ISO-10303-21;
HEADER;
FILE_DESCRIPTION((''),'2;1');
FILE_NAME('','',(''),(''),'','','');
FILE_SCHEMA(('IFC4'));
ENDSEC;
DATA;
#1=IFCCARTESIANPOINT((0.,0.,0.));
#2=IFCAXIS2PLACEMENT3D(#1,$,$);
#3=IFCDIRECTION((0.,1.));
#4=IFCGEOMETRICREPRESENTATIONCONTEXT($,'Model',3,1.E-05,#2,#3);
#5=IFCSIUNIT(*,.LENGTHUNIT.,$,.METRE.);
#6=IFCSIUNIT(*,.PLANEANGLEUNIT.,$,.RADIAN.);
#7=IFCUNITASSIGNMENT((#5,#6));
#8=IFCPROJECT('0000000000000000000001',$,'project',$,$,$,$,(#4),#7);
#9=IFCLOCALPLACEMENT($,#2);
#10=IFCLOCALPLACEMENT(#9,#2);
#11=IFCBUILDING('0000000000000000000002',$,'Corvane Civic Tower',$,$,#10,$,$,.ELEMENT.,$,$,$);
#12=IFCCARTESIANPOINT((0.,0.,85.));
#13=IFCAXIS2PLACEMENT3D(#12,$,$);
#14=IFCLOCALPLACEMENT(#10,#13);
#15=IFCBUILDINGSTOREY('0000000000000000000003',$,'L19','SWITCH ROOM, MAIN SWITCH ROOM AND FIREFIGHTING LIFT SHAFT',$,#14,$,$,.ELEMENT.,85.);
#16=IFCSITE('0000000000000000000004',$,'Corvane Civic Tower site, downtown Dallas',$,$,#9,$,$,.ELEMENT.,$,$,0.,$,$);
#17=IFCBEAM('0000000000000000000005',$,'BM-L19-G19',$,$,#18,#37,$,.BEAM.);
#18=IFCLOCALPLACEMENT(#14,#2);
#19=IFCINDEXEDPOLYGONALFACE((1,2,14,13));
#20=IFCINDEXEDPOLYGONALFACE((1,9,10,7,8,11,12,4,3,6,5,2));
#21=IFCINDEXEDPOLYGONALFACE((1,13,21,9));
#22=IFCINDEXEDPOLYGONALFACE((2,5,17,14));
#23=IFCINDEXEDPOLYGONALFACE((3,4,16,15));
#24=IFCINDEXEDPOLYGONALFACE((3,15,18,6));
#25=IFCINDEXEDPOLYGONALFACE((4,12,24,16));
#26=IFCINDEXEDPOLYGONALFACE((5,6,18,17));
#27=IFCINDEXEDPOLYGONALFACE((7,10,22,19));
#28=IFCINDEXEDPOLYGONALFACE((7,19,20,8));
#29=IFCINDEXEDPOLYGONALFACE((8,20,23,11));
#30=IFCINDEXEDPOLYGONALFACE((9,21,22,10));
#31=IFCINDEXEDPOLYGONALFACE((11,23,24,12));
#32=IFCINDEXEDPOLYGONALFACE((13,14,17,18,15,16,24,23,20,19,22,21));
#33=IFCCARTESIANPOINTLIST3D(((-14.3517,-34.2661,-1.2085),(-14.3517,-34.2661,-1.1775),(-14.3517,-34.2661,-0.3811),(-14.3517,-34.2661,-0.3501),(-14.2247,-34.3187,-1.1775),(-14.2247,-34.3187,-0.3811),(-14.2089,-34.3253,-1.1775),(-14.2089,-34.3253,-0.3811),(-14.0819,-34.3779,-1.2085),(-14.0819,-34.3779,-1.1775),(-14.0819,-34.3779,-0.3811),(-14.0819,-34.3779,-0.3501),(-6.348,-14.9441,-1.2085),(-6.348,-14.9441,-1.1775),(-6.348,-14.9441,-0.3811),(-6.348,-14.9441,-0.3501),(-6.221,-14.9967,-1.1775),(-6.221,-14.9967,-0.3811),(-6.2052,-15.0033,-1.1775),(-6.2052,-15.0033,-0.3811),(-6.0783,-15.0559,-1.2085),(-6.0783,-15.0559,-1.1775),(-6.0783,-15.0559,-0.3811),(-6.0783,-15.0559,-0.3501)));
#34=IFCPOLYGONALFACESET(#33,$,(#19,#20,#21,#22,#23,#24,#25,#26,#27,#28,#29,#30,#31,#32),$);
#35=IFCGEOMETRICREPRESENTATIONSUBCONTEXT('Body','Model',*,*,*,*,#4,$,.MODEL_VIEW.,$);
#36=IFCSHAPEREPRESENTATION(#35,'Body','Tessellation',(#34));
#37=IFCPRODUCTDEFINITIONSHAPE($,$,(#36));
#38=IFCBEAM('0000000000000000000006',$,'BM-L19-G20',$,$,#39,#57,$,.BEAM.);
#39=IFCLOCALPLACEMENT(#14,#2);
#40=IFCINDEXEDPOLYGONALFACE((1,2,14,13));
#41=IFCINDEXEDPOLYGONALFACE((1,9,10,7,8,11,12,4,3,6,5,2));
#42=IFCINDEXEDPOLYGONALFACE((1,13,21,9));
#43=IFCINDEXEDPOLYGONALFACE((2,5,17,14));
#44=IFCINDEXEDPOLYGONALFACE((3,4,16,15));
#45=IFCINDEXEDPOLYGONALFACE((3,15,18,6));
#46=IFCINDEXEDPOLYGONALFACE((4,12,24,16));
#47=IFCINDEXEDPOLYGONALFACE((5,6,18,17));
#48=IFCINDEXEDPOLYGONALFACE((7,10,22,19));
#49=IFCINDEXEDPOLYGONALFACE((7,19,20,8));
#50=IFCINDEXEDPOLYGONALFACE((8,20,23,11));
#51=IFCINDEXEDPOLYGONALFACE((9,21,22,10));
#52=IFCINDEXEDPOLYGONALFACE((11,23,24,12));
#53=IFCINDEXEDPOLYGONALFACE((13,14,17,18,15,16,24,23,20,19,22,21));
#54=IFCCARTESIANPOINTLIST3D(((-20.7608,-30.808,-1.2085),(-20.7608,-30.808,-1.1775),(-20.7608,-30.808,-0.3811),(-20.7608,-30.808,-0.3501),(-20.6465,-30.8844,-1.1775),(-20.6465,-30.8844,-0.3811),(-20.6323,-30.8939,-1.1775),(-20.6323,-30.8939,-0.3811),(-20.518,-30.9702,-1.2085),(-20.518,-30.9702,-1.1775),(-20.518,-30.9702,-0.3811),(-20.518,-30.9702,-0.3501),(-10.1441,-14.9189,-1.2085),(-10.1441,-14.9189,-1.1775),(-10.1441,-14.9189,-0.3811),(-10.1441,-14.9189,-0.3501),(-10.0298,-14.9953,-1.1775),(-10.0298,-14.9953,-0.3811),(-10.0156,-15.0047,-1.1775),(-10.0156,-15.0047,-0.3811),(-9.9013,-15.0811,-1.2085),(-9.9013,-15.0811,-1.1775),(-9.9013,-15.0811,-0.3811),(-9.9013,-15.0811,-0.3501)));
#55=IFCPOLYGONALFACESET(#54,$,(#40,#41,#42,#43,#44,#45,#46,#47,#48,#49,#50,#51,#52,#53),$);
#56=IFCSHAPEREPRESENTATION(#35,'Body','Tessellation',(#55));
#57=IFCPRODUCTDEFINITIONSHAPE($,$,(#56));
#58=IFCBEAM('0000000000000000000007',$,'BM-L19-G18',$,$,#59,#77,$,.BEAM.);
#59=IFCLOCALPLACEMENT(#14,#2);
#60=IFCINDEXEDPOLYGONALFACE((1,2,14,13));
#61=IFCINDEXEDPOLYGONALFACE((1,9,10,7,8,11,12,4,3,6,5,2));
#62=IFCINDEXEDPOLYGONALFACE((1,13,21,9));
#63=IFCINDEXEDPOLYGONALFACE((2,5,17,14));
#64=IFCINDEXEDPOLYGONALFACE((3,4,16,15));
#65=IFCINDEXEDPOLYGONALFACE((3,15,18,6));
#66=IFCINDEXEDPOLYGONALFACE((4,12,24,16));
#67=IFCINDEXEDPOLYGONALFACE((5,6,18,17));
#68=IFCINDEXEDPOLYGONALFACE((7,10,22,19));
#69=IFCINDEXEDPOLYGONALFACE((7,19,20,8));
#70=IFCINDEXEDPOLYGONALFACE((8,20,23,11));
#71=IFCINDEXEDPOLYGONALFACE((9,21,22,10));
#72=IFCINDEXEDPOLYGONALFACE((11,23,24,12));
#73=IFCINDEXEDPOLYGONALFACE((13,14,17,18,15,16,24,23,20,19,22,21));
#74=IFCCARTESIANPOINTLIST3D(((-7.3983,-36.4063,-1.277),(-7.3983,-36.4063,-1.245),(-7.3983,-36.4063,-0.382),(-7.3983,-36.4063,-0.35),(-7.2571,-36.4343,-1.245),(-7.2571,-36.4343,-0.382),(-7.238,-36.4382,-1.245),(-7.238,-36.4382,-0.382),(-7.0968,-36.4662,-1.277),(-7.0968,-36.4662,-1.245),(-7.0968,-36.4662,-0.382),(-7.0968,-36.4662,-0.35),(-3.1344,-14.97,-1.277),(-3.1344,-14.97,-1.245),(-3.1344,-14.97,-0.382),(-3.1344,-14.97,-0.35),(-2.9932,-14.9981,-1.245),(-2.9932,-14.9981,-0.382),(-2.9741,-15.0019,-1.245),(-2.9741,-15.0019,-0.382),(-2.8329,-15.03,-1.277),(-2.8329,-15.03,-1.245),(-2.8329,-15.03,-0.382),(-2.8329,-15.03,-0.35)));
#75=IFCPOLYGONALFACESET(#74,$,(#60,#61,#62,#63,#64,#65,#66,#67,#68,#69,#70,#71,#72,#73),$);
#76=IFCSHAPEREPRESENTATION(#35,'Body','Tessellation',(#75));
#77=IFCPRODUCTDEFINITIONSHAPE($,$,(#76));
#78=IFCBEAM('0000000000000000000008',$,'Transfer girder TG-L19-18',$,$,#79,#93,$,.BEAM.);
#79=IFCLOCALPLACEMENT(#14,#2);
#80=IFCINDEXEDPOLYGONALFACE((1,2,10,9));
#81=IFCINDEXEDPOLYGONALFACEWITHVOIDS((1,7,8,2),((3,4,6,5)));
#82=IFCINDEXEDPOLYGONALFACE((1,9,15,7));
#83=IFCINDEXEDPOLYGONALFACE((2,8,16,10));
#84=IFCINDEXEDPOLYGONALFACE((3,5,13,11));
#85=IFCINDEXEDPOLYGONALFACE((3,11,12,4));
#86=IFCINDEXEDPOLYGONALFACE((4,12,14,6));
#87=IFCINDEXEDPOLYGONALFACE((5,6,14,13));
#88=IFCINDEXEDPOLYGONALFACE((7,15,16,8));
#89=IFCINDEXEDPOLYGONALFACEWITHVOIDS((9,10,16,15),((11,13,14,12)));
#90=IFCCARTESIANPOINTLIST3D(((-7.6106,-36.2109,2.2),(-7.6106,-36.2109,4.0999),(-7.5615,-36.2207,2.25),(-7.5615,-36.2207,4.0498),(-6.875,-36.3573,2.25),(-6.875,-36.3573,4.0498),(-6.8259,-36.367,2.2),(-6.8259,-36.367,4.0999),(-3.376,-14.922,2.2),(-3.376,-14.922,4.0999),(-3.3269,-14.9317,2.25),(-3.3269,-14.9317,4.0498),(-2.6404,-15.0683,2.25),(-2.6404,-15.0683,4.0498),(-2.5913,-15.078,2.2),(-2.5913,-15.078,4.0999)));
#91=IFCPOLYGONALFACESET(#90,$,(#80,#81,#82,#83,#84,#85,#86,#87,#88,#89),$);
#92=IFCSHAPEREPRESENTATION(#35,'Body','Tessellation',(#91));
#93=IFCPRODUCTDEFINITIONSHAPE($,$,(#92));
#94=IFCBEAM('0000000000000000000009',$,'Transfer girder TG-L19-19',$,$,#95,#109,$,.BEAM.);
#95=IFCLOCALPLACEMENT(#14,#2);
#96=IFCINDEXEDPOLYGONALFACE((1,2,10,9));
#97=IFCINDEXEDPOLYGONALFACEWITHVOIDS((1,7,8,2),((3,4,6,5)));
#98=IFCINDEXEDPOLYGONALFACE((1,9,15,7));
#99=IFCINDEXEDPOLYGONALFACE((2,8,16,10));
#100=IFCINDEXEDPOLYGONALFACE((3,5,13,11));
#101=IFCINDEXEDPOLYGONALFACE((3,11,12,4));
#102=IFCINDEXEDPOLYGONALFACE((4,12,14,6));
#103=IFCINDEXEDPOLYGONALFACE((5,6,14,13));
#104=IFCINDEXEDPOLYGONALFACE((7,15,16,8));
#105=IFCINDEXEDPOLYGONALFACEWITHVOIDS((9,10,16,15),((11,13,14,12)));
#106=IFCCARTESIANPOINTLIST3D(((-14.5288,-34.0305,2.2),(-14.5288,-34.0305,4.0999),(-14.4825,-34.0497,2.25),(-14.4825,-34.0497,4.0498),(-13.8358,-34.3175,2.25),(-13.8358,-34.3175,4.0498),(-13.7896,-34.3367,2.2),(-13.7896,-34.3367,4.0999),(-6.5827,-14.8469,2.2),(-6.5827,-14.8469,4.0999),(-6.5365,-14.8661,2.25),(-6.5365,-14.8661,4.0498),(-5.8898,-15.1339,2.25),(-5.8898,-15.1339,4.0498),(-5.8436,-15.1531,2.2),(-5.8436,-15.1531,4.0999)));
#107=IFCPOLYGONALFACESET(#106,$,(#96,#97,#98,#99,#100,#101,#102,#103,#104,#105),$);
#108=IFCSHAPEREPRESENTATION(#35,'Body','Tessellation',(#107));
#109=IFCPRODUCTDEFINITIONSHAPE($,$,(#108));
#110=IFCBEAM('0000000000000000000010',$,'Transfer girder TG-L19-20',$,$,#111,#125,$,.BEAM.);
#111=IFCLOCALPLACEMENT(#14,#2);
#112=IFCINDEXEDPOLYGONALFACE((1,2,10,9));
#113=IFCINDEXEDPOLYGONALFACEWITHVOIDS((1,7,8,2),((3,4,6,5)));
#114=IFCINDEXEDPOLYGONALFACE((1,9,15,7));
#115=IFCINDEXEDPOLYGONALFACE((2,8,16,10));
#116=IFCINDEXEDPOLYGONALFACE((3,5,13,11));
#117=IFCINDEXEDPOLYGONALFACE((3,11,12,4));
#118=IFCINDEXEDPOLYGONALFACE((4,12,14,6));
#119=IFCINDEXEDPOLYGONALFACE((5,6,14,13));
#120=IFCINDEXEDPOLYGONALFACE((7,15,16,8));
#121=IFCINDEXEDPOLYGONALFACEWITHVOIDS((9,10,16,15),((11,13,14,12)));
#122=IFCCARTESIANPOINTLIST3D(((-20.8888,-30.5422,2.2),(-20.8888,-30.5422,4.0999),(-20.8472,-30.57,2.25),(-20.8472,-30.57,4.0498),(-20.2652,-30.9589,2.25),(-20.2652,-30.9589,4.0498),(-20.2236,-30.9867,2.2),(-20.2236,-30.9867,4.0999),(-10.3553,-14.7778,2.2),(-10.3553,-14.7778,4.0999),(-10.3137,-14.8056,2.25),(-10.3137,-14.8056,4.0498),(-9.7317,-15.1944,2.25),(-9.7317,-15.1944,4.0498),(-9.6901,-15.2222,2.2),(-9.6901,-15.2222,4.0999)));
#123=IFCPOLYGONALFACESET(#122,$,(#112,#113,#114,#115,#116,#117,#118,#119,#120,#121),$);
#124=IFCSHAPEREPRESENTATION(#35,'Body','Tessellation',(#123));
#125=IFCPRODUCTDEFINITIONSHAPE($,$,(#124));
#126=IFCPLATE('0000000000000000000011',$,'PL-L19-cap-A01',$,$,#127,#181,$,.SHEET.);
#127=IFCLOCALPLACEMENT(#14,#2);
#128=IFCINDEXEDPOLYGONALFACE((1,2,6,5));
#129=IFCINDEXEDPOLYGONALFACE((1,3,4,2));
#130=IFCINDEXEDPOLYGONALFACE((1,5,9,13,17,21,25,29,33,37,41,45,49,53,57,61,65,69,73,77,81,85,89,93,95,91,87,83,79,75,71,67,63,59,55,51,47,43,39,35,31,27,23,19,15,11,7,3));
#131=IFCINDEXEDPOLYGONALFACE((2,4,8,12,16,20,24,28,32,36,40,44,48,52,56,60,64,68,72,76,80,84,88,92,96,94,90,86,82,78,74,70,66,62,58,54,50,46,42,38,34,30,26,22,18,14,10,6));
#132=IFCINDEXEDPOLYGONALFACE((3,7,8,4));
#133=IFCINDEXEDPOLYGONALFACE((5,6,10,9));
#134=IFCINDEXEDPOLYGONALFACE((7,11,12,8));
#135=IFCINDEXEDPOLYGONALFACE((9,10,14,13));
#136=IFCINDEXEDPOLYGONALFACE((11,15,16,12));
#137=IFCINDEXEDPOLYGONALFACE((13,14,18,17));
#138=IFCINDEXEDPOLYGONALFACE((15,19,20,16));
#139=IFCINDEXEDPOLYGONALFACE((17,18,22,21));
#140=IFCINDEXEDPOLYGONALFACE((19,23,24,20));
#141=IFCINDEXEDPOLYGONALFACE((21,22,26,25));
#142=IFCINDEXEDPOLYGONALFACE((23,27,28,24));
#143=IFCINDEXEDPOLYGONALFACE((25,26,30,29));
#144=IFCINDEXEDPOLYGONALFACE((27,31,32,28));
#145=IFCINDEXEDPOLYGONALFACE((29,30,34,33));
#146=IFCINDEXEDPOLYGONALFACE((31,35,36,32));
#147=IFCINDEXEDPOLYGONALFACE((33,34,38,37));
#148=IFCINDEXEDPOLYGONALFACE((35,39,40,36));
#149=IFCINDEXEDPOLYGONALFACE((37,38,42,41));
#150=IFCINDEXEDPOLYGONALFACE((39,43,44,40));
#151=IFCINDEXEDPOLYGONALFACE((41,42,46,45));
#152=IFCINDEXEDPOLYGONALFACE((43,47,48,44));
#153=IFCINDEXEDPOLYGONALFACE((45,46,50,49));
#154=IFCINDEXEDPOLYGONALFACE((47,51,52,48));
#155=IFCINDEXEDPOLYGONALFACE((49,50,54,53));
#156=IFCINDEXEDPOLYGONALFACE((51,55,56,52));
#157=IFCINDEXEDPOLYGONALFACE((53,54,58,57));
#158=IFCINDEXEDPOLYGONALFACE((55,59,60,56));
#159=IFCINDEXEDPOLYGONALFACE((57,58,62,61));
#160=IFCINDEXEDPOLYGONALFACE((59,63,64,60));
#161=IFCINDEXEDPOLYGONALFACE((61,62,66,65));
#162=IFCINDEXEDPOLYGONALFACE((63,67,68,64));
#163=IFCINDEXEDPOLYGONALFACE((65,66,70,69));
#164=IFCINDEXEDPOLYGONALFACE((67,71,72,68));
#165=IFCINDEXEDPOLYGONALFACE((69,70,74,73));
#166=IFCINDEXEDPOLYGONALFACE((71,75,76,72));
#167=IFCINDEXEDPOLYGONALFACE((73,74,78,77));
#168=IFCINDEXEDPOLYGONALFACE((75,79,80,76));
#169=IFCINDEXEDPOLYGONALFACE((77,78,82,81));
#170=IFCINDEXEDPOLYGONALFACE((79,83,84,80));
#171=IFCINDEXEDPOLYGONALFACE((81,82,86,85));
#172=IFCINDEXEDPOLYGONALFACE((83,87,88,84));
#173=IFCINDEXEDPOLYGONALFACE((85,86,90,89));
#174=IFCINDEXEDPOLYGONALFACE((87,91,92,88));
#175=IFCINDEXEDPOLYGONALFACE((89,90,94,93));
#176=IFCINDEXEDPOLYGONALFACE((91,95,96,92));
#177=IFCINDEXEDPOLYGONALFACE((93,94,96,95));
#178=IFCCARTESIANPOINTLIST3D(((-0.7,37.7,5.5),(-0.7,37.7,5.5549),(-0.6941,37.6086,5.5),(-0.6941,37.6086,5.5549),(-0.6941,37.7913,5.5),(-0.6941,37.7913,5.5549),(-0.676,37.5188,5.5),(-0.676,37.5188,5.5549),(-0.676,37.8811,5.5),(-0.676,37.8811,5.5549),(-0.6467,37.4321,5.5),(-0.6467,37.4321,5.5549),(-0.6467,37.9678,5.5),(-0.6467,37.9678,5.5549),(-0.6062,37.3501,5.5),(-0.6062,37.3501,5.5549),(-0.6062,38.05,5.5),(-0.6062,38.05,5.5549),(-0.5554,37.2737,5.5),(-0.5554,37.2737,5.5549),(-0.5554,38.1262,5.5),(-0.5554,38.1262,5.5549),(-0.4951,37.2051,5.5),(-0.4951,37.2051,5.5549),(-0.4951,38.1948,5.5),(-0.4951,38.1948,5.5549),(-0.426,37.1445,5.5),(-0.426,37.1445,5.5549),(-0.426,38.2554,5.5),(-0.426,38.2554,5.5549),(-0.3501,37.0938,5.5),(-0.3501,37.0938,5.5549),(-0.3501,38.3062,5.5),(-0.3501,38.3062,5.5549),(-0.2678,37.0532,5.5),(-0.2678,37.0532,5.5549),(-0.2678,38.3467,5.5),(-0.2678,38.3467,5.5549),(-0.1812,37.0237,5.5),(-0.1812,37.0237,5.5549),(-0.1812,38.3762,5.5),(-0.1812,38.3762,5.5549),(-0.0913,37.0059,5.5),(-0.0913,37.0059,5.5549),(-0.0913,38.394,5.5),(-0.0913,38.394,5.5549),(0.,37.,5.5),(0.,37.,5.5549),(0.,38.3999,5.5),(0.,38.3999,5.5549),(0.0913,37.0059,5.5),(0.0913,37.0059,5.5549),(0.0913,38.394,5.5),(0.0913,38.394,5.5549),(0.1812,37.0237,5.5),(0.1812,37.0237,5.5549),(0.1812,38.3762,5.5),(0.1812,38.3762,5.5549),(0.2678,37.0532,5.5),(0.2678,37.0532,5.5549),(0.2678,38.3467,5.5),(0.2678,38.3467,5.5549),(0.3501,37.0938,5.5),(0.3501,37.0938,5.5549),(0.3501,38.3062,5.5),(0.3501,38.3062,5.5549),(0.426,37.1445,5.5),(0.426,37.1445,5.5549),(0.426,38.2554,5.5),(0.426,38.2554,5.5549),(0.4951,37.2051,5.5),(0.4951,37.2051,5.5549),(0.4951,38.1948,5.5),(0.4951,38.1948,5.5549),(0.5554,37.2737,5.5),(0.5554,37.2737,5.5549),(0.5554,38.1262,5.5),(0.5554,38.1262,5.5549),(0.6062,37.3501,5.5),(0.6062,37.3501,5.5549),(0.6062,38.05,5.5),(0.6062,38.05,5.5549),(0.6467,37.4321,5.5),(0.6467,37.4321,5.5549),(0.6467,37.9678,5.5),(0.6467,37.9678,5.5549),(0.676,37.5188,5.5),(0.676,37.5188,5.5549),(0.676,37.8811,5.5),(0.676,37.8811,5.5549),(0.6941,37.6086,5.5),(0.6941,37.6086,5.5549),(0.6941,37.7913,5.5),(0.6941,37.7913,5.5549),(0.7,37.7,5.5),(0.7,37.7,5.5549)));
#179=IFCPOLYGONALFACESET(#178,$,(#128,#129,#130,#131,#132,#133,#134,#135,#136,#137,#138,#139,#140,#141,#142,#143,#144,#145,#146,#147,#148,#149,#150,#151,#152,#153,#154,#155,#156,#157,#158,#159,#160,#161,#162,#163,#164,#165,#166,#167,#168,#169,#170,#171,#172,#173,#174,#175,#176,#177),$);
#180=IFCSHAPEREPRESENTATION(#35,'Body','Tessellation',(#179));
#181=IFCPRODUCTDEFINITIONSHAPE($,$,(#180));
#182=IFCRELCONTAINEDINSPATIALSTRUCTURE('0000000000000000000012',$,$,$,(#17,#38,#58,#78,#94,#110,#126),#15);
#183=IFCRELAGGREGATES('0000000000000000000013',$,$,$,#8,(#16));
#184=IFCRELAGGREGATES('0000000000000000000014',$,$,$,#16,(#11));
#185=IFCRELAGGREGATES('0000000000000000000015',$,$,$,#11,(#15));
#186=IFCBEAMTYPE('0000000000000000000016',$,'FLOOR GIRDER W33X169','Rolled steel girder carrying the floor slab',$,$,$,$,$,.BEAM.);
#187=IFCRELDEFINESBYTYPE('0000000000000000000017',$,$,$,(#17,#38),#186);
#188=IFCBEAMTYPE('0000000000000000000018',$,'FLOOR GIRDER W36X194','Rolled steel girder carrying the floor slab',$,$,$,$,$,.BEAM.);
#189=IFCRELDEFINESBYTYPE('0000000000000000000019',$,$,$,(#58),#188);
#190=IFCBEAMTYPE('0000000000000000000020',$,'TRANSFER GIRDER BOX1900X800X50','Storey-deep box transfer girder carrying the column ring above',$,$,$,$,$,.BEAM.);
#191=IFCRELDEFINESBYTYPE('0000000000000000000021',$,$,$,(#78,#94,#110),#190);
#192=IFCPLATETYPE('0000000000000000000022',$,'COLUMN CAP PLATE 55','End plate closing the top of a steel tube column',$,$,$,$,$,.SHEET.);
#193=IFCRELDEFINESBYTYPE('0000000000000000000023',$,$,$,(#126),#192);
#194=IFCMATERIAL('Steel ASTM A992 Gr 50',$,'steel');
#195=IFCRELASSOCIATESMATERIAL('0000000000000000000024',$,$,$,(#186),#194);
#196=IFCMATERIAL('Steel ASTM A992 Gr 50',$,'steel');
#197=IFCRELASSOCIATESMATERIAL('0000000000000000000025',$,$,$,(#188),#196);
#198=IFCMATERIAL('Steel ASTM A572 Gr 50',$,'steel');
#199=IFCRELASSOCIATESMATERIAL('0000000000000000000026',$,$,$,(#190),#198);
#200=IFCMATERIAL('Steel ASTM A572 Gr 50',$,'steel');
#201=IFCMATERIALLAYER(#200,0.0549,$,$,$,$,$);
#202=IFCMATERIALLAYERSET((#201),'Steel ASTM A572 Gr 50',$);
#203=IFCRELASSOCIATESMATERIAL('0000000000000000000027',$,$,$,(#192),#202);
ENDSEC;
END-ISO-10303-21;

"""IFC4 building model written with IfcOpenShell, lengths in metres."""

from ifc_helpers import new_model, si_unit, direction, frame, origin, origin_2d, place, context, subcontext, project, spatial, polyline, hollow_rectangle, i_section, outline, extrude, material, layer, layer_set, material_profile, profile_set, type_object, element, save


model = new_model("IFC4")

# Units and contexts
model_context = context("Model", 3, precision=1e-05, world=origin(), true_north=direction((0.0, 1.0)))
body_context = subcontext(model_context, "Body", "Model", "MODEL_VIEW")
ifc_project = project(units=[si_unit("LENGTHUNIT", "METRE"), si_unit("PLANEANGLEUNIT", "RADIAN")], contexts=[model_context])

# Site, building, storey
site_placement = place(None, origin())
site = spatial("IfcSite", under=ifc_project, at=site_placement, Name="Corvane Civic Tower site, downtown Dallas", CompositionType="ELEMENT", RefElevation=0.0)
building_placement = place(site_placement, origin())
building = spatial("IfcBuilding", under=site, at=building_placement, Name="Corvane Civic Tower", CompositionType="ELEMENT")
storey_placement = place(building_placement, frame((0.0, 0.0, 85.0)))
storey = spatial("IfcBuildingStorey", under=building, at=storey_placement, Name="L19", Description="SWITCH ROOM, MAIN SWITCH ROOM AND FIREFIGHTING LIFT SHAFT", CompositionType="ELEMENT", Elevation=85.0)

# Beams
ifc_material_1 = material(Name="Steel ASTM A992 Gr 50", Category="steel")
ifc_material_profile_1 = material_profile(ifc_material_1, i_section(OverallWidth=0.292, OverallDepth=0.8584, WebThickness=0.0171, FlangeThickness=0.031, at=origin_2d()), Name="W33X169")
ifc_profile_set_1 = profile_set([ifc_material_profile_1], Name="Steel ASTM A992 Gr 50")
beam_type_1 = type_object("IfcBeamType", Name="FLOOR GIRDER W33X169", Description="Rolled steel girder carrying the floor slab", PredefinedType="BEAM", material=ifc_profile_set_1)
beam_1_placement = place(storey_placement, frame((-6.2131, -15.0, -0.7793), z_axis=(-0.382692, -0.923876, 0.0), x_axis=(0.923876, -0.382692, 0.0)))
element("IfcBeam", 1, at=beam_1_placement, inside=storey, type_object=beam_type_1, Name="BM-L19-G19", PredefinedType="BEAM", context=body_context, shape_type="SweptSolid", body=[
    extrude(i_section(OverallWidth=0.292, OverallDepth=0.8584, WebThickness=0.0171, FlangeThickness=0.031, at=origin_2d()), origin(), (0.0, 0.0, 1.0), 20.9141),
])
beam_2_placement = place(storey_placement, frame((-10.0227, -15.0, -0.7793), z_axis=(-0.555567, -0.831472, 0.0), x_axis=(0.831472, -0.555567, 0.0)))
element("IfcBeam", 2, at=beam_2_placement, inside=storey, type_object=beam_type_1, Name="BM-L19-G20", PredefinedType="BEAM", context=body_context, shape_type="SweptSolid", body=[
    extrude(i_section(OverallWidth=0.292, OverallDepth=0.8584, WebThickness=0.0171, FlangeThickness=0.031, at=origin_2d()), origin(), (0.0, 0.0, 1.0), 19.1096),
])
ifc_material_2 = material(Name="Steel ASTM A992 Gr 50", Category="steel")
ifc_material_profile_2 = material_profile(ifc_material_2, i_section(OverallWidth=0.3074, OverallDepth=0.927, WebThickness=0.0195, FlangeThickness=0.032, at=origin_2d()), Name="W36X194")
ifc_profile_set_2 = profile_set([ifc_material_profile_2], Name="Steel ASTM A992 Gr 50")
beam_type_2 = type_object("IfcBeamType", Name="FLOOR GIRDER W36X194", Description="Rolled steel girder carrying the floor slab", PredefinedType="BEAM", material=ifc_profile_set_2)
beam_3_placement = place(storey_placement, frame((-2.9836, -15.0, -0.8135), z_axis=(-0.195089, -0.980785, 0.0), x_axis=(0.980785, -0.195089, 0.0)))
element("IfcBeam", 3, at=beam_3_placement, inside=storey, type_object=beam_type_2, Name="BM-L19-G18", PredefinedType="BEAM", context=body_context, shape_type="SweptSolid", body=[
    extrude(i_section(OverallWidth=0.3074, OverallDepth=0.927, WebThickness=0.0195, FlangeThickness=0.032, at=origin_2d()), origin(), (0.0, 0.0, 1.0), 21.8562),
])
ifc_material_3 = material(Name="Steel ASTM A572 Gr 50", Category="steel")
ifc_material_profile_3 = material_profile(ifc_material_3, hollow_rectangle(XDim=0.8, YDim=1.8999, WallThickness=0.05, at=origin_2d()), Name="BOX1900X800X50")
ifc_profile_set_3 = profile_set([ifc_material_profile_3], Name="Steel ASTM A572 Gr 50")
beam_type_3 = type_object("IfcBeamType", Name="TRANSFER GIRDER BOX1900X800X50", Description="Storey-deep box transfer girder carrying the column ring above", PredefinedType="BEAM", material=ifc_profile_set_3)
beam_4_placement = place(storey_placement, frame((-2.9836, -15.0, 3.1499), z_axis=(-0.195089, -0.980786, 0.0), x_axis=(0.980786, -0.195089, 0.0)))
element("IfcBeam", 4, at=beam_4_placement, inside=storey, type_object=beam_type_3, Name="Transfer girder TG-L19-18", PredefinedType="BEAM", context=body_context, shape_type="SweptSolid", body=[
    extrude(hollow_rectangle(XDim=0.8, YDim=1.8999, WallThickness=0.05, at=origin_2d()), origin(), (0.0, 0.0, 1.0), 21.7061),
])
beam_5_placement = place(storey_placement, frame((-6.2131, -15.0, 3.1499), z_axis=(-0.382681, -0.923881, 0.0), x_axis=(0.923881, -0.382681, 0.0)))
element("IfcBeam", 5, at=beam_5_placement, inside=storey, type_object=beam_type_3, Name="Transfer girder TG-L19-19", PredefinedType="BEAM", context=body_context, shape_type="SweptSolid", body=[
    extrude(hollow_rectangle(XDim=0.8, YDim=1.8999, WallThickness=0.05, at=origin_2d()), origin(), (0.0, 0.0, 1.0), 20.7642),
])
beam_6_placement = place(storey_placement, frame((-10.0227, -15.0, 3.1499), z_axis=(-0.555571, -0.831469, 0.0), x_axis=(0.831469, -0.555571, 0.0)))
element("IfcBeam", 6, at=beam_6_placement, inside=storey, type_object=beam_type_3, Name="Transfer girder TG-L19-20", PredefinedType="BEAM", context=body_context, shape_type="SweptSolid", body=[
    extrude(hollow_rectangle(XDim=0.8, YDim=1.8999, WallThickness=0.05, at=origin_2d()), origin(), (0.0, 0.0, 1.0), 18.9597),
])

# Plate
ifc_material_4 = material(Name="Steel ASTM A572 Gr 50", Category="steel")
ifc_layer_1 = layer(ifc_material_4, 0.0549)
ifc_layer_set_1 = layer_set([ifc_layer_1], Name="Steel ASTM A572 Gr 50")
plate_type = type_object("IfcPlateType", Name="COLUMN CAP PLATE 55", Description="End plate closing the top of a steel tube column", PredefinedType="SHEET", material=ifc_layer_set_1)
plate_1_placement = place(storey_placement, frame((0.0, 0.0, 5.5)))
element("IfcPlate", 7, at=plate_1_placement, inside=storey, type_object=plate_type, Name="PL-L19-cap-A01", PredefinedType="SHEET", context=body_context, shape_type="SweptSolid", body=[
    extrude(outline(polyline([(0.7, 37.7), (0.6941, 37.7913), (0.676, 37.8811), (0.6467, 37.9678), (0.6062, 38.05), (0.5554, 38.1262), (0.4951, 38.1948), (0.426, 38.2554), (0.3501, 38.3062), (0.2678, 38.3467), (0.1812, 38.3762), (0.0913, 38.394), (0.0, 38.3999), (-0.0913, 38.394), (-0.1812, 38.3762), (-0.2678, 38.3467), (-0.3501, 38.3062), (-0.426, 38.2554), (-0.4951, 38.1948), (-0.5554, 38.1262), (-0.6062, 38.05), (-0.6467, 37.9678), (-0.676, 37.8811), (-0.6941, 37.7913), (-0.7, 37.7), (-0.6941, 37.6086), (-0.676, 37.5188), (-0.6467, 37.4321), (-0.6062, 37.3501), (-0.5554, 37.2737), (-0.4951, 37.2051), (-0.426, 37.1445), (-0.3501, 37.0938), (-0.2678, 37.0532), (-0.1812, 37.0237), (-0.0913, 37.0059), (0.0, 37.0), (0.0913, 37.0059), (0.1812, 37.0237), (0.2678, 37.0532), (0.3501, 37.0938), (0.426, 37.1445), (0.4951, 37.2051), (0.5554, 37.2737), (0.6062, 37.3501), (0.6467, 37.4321), (0.676, 37.5188), (0.6941, 37.6086), (0.7, 37.7)])), origin(), (0.0, 0.0, 1.0), 0.0549),
])

save(model, "model.ifc")
